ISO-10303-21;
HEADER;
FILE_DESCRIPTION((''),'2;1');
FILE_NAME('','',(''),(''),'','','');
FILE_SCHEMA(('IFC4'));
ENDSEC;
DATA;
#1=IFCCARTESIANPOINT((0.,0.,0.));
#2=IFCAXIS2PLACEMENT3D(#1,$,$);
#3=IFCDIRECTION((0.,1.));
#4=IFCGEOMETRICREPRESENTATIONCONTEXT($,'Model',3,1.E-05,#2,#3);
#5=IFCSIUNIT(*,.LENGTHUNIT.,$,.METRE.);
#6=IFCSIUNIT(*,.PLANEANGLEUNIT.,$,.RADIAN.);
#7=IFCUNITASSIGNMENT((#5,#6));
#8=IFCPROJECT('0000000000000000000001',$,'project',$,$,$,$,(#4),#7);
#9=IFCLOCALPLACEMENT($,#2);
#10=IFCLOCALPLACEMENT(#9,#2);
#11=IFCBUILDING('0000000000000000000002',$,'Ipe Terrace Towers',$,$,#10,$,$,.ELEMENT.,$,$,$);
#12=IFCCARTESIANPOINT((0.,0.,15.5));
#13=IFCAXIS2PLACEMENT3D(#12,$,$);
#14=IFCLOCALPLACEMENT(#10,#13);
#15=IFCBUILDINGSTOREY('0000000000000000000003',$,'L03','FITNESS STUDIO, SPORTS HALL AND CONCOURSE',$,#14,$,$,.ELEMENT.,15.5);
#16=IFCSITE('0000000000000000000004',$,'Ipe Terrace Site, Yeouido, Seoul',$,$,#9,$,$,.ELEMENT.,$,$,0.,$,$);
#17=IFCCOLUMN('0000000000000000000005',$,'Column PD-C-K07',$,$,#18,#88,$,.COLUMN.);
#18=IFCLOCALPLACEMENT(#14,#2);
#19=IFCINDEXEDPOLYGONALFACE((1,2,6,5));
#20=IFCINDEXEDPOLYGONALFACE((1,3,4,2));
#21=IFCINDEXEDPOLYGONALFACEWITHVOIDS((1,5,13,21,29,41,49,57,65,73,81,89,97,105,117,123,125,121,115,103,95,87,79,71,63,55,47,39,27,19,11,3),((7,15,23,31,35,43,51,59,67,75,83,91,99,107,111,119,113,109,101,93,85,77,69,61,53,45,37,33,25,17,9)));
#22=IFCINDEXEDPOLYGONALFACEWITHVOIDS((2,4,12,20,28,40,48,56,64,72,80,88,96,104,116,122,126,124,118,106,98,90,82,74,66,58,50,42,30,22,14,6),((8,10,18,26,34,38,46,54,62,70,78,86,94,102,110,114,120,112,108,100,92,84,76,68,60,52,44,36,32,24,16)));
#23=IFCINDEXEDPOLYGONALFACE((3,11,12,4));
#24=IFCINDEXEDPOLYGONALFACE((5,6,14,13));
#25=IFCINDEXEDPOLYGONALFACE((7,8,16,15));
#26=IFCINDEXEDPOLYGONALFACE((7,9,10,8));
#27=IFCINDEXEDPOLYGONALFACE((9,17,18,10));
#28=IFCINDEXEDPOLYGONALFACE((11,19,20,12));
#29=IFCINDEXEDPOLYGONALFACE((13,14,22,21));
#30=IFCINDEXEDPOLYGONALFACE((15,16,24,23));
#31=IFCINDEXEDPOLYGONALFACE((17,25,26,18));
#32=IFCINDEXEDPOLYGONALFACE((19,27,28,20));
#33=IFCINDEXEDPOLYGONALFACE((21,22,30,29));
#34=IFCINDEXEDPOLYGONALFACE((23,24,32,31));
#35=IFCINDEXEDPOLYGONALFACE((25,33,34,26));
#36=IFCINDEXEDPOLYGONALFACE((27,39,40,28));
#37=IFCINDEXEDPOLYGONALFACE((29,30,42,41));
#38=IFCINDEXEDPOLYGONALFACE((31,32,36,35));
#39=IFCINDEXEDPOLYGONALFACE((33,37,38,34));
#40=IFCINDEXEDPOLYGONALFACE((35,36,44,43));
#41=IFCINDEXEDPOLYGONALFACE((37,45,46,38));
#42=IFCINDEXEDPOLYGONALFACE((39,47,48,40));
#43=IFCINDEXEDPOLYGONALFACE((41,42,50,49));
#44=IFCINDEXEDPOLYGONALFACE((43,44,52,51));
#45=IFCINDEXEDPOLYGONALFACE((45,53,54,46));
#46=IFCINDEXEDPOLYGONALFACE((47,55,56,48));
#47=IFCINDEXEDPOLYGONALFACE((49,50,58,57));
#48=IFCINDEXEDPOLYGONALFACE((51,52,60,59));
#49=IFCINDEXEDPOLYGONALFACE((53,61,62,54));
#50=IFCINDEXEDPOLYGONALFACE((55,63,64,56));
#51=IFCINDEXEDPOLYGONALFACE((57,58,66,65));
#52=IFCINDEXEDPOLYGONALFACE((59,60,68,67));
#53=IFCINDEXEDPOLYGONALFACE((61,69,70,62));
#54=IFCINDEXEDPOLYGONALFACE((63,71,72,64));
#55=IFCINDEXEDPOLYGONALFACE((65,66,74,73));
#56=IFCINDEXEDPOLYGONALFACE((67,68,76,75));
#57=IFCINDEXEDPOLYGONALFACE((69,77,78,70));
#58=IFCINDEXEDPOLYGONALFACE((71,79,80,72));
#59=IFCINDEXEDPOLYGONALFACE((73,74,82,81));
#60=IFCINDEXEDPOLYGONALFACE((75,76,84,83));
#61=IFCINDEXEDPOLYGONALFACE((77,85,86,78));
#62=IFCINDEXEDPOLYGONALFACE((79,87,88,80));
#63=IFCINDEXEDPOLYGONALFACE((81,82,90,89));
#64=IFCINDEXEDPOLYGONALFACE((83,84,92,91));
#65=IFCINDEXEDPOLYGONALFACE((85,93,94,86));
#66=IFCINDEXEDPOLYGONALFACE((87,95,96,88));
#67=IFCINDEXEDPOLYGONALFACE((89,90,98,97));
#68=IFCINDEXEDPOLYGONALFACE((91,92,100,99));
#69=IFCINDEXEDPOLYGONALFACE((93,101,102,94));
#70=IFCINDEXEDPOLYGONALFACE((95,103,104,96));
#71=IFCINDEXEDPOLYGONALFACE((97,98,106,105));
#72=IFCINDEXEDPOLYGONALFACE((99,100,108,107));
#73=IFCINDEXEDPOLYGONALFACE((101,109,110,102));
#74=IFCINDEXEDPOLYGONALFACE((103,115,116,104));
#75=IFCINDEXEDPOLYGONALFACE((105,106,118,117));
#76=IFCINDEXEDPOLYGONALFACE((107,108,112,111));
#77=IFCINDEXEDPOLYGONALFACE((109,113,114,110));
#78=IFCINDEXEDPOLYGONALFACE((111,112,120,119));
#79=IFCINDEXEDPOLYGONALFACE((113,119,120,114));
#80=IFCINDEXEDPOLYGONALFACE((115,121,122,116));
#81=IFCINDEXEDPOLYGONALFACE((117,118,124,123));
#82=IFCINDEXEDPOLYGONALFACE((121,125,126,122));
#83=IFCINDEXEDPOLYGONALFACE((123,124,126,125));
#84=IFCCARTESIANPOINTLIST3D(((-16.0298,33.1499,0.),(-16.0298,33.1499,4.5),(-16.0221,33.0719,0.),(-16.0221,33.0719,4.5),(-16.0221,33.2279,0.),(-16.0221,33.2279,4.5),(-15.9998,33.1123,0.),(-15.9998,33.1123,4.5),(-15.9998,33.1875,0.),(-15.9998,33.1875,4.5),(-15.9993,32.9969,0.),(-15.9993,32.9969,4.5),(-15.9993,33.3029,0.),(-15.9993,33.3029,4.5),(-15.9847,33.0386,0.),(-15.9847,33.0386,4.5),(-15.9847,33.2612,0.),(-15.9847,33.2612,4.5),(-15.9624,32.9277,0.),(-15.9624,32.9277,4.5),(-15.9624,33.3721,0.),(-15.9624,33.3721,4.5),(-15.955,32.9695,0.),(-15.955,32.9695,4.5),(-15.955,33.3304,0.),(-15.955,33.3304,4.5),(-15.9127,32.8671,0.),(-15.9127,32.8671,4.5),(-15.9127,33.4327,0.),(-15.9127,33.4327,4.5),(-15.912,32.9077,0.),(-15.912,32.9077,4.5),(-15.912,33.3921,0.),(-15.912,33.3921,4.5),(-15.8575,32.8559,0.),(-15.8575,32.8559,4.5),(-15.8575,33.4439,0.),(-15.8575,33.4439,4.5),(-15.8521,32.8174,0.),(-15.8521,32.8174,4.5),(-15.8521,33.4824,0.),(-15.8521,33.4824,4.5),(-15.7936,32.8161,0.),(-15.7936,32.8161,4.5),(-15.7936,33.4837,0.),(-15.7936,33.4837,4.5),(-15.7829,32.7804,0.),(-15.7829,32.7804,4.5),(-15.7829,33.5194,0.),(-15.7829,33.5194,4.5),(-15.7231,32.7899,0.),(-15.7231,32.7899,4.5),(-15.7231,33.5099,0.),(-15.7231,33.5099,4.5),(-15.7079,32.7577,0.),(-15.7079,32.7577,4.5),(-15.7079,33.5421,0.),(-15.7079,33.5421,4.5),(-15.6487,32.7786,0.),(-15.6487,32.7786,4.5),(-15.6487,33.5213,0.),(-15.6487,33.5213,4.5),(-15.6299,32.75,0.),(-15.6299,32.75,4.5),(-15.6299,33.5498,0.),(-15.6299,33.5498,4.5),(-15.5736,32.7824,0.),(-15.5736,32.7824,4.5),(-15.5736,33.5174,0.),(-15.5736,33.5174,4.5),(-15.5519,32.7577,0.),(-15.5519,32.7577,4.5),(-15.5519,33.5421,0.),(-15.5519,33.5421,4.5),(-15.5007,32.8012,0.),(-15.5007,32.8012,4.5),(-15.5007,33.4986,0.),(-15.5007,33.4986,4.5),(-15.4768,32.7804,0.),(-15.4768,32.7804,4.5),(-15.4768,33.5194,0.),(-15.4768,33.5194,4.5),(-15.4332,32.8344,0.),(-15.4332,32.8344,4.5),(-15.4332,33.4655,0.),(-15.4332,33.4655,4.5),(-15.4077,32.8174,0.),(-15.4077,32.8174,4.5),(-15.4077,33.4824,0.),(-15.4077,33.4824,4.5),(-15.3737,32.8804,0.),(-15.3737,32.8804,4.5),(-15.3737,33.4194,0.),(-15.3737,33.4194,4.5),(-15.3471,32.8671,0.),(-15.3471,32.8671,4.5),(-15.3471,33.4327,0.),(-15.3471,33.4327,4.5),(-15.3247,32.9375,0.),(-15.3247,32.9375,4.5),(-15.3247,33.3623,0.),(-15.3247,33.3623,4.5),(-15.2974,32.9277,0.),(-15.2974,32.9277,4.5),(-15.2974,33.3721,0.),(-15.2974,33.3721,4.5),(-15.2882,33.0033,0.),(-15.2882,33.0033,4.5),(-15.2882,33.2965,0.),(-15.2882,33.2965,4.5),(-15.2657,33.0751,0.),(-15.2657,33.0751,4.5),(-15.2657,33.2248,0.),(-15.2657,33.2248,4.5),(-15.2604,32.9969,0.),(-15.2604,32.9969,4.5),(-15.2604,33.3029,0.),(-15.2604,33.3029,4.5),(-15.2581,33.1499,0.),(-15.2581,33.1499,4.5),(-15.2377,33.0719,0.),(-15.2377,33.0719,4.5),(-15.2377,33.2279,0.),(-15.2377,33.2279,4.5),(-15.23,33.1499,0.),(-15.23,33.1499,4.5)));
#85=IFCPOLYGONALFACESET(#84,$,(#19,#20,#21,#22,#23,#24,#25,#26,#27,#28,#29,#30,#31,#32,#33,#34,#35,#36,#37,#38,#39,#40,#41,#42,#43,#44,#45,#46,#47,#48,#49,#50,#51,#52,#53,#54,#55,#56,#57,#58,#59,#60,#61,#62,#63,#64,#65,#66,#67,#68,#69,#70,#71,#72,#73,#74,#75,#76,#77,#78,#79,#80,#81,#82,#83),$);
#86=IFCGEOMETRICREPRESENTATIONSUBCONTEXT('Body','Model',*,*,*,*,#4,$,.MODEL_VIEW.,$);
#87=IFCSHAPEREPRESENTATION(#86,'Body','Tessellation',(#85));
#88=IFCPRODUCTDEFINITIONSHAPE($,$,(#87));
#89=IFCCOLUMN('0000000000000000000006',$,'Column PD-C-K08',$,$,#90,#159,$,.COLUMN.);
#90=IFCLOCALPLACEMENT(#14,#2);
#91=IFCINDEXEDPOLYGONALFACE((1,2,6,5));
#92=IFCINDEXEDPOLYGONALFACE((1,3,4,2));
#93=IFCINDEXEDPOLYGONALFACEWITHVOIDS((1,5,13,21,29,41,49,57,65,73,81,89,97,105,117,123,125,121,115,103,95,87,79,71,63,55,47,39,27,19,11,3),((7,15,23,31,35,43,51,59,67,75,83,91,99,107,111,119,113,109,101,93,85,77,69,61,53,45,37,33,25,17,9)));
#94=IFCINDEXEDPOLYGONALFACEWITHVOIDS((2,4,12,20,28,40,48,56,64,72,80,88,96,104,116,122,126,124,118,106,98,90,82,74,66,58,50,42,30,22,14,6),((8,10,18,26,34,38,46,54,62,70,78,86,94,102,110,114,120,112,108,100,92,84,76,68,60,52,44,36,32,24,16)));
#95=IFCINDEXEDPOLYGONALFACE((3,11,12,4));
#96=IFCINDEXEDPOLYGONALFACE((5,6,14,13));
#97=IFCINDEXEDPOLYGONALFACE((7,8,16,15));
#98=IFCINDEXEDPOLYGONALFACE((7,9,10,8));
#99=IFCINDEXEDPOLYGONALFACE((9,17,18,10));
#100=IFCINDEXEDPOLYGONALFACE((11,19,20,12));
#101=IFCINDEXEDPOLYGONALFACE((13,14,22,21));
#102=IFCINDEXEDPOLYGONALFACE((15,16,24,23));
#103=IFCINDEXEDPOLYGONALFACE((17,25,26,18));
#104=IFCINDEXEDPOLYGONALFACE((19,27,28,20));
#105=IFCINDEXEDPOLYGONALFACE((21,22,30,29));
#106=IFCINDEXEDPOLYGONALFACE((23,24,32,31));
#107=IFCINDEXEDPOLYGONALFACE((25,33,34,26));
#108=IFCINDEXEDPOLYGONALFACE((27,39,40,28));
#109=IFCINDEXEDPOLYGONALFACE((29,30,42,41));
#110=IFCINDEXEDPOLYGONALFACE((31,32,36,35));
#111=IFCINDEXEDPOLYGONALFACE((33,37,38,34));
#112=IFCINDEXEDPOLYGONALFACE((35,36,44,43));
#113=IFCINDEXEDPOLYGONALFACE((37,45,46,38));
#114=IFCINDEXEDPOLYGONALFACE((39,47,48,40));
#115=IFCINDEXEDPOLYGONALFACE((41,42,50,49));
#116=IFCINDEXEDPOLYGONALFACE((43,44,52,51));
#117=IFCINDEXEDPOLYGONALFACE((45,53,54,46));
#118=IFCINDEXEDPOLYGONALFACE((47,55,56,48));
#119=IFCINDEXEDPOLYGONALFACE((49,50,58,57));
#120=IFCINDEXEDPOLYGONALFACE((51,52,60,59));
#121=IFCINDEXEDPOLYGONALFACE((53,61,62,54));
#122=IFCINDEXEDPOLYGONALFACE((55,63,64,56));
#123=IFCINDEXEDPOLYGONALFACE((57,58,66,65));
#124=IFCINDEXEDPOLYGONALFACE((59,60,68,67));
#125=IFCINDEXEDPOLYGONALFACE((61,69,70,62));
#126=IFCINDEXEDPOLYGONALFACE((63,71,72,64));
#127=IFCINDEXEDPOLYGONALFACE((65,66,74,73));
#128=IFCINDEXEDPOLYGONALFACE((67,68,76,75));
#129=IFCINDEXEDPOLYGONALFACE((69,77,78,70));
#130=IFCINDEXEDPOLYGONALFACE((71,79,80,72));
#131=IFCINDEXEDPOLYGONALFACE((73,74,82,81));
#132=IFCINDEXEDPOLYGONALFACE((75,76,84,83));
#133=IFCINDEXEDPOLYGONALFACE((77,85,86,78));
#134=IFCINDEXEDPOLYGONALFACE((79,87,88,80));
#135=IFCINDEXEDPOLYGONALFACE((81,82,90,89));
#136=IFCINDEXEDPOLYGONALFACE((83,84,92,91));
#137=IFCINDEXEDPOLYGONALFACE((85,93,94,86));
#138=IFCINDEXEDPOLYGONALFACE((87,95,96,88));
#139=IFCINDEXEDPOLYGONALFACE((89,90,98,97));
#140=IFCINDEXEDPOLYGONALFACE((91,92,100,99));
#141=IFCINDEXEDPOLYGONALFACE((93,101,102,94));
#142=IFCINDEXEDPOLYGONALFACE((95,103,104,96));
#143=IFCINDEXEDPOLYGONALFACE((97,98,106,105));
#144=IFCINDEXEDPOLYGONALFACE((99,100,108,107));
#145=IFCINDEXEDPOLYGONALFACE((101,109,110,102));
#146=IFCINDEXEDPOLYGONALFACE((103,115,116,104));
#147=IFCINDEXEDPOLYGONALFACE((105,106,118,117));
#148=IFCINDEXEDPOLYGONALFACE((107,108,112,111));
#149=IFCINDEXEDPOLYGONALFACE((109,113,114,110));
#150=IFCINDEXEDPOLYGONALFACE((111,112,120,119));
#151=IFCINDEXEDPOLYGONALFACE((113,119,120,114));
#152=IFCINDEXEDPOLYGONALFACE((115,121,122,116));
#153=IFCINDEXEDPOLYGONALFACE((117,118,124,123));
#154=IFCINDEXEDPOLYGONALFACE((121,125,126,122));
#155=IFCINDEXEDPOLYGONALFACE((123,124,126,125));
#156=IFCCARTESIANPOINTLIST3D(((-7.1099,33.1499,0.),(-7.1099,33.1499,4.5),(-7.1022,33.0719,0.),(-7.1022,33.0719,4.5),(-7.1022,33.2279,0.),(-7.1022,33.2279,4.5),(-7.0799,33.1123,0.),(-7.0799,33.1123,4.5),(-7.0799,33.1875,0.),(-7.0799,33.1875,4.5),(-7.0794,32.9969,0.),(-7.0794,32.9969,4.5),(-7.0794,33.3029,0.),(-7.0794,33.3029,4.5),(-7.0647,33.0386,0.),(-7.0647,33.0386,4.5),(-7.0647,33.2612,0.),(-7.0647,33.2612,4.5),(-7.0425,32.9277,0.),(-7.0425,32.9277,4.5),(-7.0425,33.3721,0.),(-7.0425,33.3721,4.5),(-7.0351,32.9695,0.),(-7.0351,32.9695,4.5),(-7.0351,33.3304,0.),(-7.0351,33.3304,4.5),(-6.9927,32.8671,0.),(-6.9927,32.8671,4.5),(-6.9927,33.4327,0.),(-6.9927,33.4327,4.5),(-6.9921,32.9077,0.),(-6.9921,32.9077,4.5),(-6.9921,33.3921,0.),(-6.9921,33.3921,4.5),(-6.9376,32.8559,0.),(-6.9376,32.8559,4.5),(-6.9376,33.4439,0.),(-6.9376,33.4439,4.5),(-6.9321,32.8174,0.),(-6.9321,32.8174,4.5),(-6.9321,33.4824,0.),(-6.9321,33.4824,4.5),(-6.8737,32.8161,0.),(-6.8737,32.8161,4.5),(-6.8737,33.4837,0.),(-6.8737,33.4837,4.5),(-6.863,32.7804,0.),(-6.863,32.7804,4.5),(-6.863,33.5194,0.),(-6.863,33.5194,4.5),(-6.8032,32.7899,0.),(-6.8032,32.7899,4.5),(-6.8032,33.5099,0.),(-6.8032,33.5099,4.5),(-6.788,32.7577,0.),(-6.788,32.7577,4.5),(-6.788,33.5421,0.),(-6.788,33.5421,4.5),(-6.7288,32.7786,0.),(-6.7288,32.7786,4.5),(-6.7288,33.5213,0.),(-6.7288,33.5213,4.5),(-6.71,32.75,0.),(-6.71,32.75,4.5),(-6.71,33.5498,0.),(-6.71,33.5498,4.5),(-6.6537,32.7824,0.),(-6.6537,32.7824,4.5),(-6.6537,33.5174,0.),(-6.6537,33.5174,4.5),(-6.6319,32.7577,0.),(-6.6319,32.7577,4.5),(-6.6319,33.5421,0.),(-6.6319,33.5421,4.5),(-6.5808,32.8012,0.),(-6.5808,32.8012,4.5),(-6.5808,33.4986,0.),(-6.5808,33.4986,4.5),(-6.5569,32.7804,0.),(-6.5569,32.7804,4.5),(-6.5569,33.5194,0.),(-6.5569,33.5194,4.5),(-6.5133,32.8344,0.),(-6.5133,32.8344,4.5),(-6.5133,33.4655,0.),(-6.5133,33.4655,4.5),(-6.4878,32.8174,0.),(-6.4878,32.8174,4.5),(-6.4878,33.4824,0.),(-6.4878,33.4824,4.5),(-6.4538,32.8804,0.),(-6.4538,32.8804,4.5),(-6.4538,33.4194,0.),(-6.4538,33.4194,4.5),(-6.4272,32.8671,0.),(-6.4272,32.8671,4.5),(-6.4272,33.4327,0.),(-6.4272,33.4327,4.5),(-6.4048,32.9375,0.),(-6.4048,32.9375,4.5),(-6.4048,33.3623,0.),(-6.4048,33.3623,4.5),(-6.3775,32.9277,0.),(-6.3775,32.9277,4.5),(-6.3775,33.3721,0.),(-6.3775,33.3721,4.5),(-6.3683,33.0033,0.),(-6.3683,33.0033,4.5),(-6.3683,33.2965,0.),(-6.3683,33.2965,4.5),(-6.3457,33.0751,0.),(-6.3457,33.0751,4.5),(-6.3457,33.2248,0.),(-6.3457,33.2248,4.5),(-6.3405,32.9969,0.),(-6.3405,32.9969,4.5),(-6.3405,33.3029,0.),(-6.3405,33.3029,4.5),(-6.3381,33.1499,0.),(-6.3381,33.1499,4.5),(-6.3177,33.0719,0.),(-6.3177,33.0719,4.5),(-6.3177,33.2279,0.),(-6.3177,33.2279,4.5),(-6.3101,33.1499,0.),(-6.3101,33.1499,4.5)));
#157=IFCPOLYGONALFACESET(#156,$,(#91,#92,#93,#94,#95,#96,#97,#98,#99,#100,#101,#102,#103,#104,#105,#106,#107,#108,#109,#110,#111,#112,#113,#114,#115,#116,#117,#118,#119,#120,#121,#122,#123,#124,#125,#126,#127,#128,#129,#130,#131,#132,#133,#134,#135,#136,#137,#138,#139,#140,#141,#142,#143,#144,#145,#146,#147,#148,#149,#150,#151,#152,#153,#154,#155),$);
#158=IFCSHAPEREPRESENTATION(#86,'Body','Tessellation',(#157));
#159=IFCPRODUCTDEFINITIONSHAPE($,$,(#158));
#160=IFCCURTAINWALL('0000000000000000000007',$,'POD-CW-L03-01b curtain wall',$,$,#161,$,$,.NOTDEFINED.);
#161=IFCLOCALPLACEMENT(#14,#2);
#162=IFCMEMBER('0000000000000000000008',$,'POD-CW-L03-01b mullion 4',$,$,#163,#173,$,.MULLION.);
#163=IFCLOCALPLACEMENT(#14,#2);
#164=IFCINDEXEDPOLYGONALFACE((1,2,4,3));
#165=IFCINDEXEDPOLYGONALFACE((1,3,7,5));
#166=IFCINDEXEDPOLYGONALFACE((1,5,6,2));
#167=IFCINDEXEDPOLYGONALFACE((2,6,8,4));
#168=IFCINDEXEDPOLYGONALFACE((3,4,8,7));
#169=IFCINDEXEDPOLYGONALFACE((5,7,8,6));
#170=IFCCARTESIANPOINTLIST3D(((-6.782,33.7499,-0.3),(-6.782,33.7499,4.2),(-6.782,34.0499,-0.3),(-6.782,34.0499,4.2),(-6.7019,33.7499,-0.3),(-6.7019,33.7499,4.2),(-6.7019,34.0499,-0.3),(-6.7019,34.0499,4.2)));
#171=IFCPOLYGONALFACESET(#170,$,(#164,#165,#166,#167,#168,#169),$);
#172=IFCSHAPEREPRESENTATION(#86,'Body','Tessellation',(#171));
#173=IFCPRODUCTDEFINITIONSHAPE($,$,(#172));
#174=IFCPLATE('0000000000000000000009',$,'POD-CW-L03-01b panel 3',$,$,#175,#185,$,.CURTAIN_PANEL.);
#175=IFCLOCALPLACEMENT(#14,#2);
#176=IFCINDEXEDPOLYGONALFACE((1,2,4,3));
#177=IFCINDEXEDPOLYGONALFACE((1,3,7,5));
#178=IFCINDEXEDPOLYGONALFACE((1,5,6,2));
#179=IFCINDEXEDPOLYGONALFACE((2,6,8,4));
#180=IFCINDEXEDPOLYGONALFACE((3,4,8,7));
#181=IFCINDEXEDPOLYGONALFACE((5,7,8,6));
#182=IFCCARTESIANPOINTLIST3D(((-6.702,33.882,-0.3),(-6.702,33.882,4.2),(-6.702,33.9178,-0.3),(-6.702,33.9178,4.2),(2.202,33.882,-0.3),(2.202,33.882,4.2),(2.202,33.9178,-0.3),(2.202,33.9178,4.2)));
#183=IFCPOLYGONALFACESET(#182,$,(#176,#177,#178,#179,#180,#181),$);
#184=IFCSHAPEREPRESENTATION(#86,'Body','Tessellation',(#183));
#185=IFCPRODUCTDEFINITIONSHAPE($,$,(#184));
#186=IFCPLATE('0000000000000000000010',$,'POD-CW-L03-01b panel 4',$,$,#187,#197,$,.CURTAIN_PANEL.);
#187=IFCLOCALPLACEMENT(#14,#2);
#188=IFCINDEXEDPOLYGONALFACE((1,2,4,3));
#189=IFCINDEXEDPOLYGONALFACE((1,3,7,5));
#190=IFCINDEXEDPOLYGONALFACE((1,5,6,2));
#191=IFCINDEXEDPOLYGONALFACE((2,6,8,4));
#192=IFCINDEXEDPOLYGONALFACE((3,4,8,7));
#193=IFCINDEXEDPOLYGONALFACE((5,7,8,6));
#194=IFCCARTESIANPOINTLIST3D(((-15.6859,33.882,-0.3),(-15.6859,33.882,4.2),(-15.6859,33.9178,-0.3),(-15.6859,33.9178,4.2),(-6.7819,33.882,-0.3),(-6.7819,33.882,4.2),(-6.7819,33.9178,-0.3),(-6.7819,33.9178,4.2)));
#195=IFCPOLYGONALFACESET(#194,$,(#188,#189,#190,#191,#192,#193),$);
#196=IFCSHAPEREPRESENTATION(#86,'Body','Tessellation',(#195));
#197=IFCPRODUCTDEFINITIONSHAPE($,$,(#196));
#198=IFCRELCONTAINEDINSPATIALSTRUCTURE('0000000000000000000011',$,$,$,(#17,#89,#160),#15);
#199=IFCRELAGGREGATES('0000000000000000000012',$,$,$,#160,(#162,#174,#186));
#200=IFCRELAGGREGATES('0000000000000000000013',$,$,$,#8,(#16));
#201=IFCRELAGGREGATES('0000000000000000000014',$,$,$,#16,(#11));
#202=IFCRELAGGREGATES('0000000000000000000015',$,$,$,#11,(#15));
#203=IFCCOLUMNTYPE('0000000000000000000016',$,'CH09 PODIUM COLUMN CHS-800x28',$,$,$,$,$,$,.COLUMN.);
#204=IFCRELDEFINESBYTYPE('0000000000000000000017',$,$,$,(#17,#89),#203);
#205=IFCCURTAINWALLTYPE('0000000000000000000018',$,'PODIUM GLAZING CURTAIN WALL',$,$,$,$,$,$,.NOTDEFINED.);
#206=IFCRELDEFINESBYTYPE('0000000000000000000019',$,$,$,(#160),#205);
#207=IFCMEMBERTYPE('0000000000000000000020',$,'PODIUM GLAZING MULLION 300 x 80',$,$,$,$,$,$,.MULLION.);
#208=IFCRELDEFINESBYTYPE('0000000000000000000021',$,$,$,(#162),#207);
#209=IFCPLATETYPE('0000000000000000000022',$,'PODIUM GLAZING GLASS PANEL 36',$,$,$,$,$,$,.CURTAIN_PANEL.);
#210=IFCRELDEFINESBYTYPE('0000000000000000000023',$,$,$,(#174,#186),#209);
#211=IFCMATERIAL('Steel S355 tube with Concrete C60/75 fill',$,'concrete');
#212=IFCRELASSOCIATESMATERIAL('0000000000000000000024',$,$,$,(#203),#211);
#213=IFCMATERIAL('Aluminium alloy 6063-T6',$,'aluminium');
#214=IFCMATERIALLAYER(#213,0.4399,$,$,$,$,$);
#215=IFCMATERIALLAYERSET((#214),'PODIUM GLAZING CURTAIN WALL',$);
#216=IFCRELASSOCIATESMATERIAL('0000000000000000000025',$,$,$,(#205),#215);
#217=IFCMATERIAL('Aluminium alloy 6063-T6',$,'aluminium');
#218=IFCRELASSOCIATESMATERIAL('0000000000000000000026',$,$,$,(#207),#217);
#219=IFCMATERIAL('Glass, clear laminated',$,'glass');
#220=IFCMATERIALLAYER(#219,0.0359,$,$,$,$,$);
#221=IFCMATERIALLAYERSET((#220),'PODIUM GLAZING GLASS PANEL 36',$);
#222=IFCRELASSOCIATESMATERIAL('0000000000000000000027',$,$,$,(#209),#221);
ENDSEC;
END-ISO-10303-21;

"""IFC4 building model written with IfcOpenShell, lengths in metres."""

from ifc_helpers import new_model, si_unit, direction, frame, origin, origin_2d, place, context, subcontext, project, spatial, rectangle, hollow_circle, extrude, material, layer, layer_set, material_profile, profile_set, type_object, element, aggregate, save


model = new_model("IFC4")

# Units and contexts
model_context = context("Model", 3, precision=1e-05, world=origin(), true_north=direction((0.0, 1.0)))
body_context = subcontext(model_context, "Body", "Model", "MODEL_VIEW")
ifc_project = project(units=[si_unit("LENGTHUNIT", "METRE"), si_unit("PLANEANGLEUNIT", "RADIAN")], contexts=[model_context])

# Site, building, storey
site_placement = place(None, origin())
site = spatial("IfcSite", under=ifc_project, at=site_placement, Name="Ipe Terrace Site, Yeouido, Seoul", CompositionType="ELEMENT", RefElevation=0.0)
building_placement = place(site_placement, origin())
building = spatial("IfcBuilding", under=site, at=building_placement, Name="Ipe Terrace Towers", CompositionType="ELEMENT")
storey_placement = place(building_placement, frame((0.0, 0.0, 15.5)))
storey = spatial("IfcBuildingStorey", under=building, at=storey_placement, Name="L03", Description="FITNESS STUDIO, SPORTS HALL AND CONCOURSE", CompositionType="ELEMENT", Elevation=15.5)

# Columns
ifc_material_1 = material(Name="Steel S355 tube with Concrete C60/75 fill", Category="concrete")
ifc_material_profile_1 = material_profile(ifc_material_1, hollow_circle(Radius=0.3999, WallThickness=0.0281, at=origin_2d()), Name="CHS-800x28")
ifc_profile_set_1 = profile_set([ifc_material_profile_1], Name="Steel S355 tube with Concrete C60/75 fill")
column_type = type_object("IfcColumnType", Name="CH09 PODIUM COLUMN CHS-800x28", PredefinedType="COLUMN", material=ifc_profile_set_1)
for number, where, z_axis, x_axis, name in (
    (1, (-15.6299, 33.1499, 0.0), (0.0, 0.0, 1.0), (1.0, 0.0, 0.0), "Column PD-C-K07"),
    (2, (-6.71, 33.1499, 0.0), (0.0, 0.0, 1.0), (1.0, 0.0, 0.0), "Column PD-C-K08"),
):
    element("IfcColumn", number, at=place(storey_placement, frame(where, z_axis=z_axis, x_axis=x_axis)), inside=storey, type_object=column_type, Name=name, PredefinedType="COLUMN", context=body_context, shape_type="SweptSolid", body=[
        extrude(hollow_circle(Radius=0.3999, WallThickness=0.0281, at=origin_2d()), origin(), (0.0, 0.0, 1.0), 4.5),
    ])

# Curtain wall, member, plates
ifc_material_2 = material(Name="Aluminium alloy 6063-T6", Category="aluminium")
ifc_layer_1 = layer(ifc_material_2, 0.4399)
ifc_layer_set_1 = layer_set([ifc_layer_1], Name="PODIUM GLAZING CURTAIN WALL")
curtain_wall_type = type_object("IfcCurtainWallType", Name="PODIUM GLAZING CURTAIN WALL", PredefinedType="NOTDEFINED", material=ifc_layer_set_1)
curtain_wall_placement = place(storey_placement, origin())
curtain_wall = element("IfcCurtainWall", 3, at=curtain_wall_placement, inside=storey, type_object=curtain_wall_type, Name="POD-CW-L03-01b curtain wall", PredefinedType="NOTDEFINED")
ifc_material_3 = material(Name="Aluminium alloy 6063-T6", Category="aluminium")
ifc_material_profile_2 = material_profile(ifc_material_3, rectangle(XDim=0.3, YDim=0.0801, at=origin_2d()), Name="PODIUM GLAZING MULLION 300 x 80")
ifc_profile_set_2 = profile_set([ifc_material_profile_2], Name="Aluminium alloy 6063-T6")
member_type = type_object("IfcMemberType", Name="PODIUM GLAZING MULLION 300 x 80", PredefinedType="MULLION", material=ifc_profile_set_2)
member_placement = place(storey_placement, frame((-6.7419, 33.8999, -0.3), z_axis=(0.0, 0.0, 1.0), x_axis=(0.0, 1.0, 0.0)))
member = element("IfcMember", 4, at=member_placement, type_object=member_type, Name="POD-CW-L03-01b mullion 4", PredefinedType="MULLION", context=body_context, shape_type="SweptSolid", body=[
    extrude(rectangle(XDim=0.3, YDim=0.0801, at=origin_2d()), origin(), (0.0, 0.0, 1.0), 4.5),
])
ifc_material_4 = material(Name="Glass, clear laminated", Category="glass")
ifc_layer_2 = layer(ifc_material_4, 0.0359)
ifc_layer_set_2 = layer_set([ifc_layer_2], Name="PODIUM GLAZING GLASS PANEL 36")
plate_type = type_object("IfcPlateType", Name="PODIUM GLAZING GLASS PANEL 36", PredefinedType="CURTAIN_PANEL", material=ifc_layer_set_2)
plate_1_placement = place(storey_placement, frame((-2.25, 33.8999, -0.3), z_axis=(0.0, 0.0, 1.0), x_axis=(-1.0, 0.0, 0.0)))
plate_1 = element("IfcPlate", 5, at=plate_1_placement, type_object=plate_type, Name="POD-CW-L03-01b panel 3", PredefinedType="CURTAIN_PANEL", context=body_context, shape_type="SweptSolid", body=[
    extrude(rectangle(XDim=8.9041, YDim=0.0359, at=origin_2d()), origin(), (0.0, 0.0, 1.0), 4.5),
])
plate_2_placement = place(storey_placement, frame((-11.2339, 33.8999, -0.3), z_axis=(0.0, 0.0, 1.0), x_axis=(-1.0, 0.0, 0.0)))
plate_2 = element("IfcPlate", 6, at=plate_2_placement, type_object=plate_type, Name="POD-CW-L03-01b panel 4", PredefinedType="CURTAIN_PANEL", context=body_context, shape_type="SweptSolid", body=[
    extrude(rectangle(XDim=8.9041, YDim=0.0359, at=origin_2d()), origin(), (0.0, 0.0, 1.0), 4.5),
])
aggregate(curtain_wall, [member, plate_1, plate_2])

save(model, "model.ifc")
